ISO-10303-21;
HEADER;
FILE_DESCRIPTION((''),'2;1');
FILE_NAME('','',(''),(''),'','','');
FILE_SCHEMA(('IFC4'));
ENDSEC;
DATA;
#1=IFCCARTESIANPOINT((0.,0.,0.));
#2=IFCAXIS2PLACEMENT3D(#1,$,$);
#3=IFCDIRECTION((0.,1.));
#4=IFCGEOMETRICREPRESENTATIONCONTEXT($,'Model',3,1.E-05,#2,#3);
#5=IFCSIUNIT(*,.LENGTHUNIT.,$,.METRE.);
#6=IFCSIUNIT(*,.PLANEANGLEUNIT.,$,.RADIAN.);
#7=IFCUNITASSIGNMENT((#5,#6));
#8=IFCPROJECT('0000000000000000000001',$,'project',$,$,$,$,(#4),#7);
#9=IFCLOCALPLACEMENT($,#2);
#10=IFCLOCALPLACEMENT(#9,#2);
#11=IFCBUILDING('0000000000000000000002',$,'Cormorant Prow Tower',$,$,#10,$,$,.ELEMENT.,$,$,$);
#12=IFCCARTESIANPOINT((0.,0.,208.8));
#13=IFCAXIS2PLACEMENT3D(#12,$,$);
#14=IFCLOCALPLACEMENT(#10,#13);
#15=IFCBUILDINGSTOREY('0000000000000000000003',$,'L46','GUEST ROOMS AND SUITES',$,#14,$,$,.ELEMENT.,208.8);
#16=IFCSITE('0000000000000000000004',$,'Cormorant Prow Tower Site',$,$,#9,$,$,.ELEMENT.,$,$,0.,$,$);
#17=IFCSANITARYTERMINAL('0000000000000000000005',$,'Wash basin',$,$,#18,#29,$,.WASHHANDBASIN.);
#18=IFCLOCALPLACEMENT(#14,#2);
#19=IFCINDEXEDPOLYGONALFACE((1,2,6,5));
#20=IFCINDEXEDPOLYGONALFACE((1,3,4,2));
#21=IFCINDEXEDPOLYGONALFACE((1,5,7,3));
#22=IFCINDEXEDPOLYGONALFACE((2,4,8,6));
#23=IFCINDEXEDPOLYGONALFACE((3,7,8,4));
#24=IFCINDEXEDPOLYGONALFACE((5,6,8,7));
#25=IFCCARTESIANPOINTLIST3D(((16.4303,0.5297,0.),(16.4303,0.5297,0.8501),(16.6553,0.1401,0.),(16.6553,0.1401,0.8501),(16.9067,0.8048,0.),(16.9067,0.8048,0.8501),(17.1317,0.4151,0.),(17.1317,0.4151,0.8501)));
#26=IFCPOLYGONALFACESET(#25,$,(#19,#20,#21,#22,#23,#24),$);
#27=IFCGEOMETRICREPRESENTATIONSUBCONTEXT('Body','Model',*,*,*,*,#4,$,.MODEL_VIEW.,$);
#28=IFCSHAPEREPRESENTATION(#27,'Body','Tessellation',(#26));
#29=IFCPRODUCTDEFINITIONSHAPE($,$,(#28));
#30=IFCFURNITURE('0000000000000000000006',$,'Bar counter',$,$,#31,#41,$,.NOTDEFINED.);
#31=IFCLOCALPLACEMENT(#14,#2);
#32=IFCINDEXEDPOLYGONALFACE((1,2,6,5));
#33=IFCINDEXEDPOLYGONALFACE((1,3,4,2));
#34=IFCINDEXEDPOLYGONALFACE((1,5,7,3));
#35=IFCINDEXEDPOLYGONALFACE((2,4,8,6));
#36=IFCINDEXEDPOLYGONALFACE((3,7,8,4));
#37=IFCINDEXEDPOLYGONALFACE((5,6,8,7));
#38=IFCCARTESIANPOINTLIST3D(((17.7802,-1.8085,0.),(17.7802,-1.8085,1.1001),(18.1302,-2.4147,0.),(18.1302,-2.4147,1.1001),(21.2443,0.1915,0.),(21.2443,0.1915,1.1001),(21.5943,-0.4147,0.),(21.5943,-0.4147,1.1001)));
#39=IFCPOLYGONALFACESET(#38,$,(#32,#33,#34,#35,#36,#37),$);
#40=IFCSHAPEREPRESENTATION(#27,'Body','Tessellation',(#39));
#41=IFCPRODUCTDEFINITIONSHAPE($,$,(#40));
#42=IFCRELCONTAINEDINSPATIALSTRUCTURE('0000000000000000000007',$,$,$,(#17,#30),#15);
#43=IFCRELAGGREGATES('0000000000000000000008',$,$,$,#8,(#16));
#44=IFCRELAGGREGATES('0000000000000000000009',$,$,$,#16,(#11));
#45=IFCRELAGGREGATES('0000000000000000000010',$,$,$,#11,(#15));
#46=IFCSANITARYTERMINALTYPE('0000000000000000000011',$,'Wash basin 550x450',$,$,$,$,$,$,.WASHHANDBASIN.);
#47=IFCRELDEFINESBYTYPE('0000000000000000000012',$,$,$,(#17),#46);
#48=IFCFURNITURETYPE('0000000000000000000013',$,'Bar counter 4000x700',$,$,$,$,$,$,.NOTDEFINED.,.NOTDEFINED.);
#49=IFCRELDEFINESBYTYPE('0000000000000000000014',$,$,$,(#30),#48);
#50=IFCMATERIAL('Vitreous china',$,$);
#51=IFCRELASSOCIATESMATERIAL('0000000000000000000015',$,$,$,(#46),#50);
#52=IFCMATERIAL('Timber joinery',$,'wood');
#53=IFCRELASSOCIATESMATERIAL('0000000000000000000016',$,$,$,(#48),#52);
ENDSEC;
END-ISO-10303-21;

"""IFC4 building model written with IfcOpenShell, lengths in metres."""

from ifc_helpers import new_model, si_unit, direction, frame, origin, origin_2d, place, context, subcontext, project, spatial, rectangle, extrude, material, type_object, element, save


model = new_model("IFC4")

# Units and contexts
model_context = context("Model", 3, precision=1e-05, world=origin(), true_north=direction((0.0, 1.0)))
body_context = subcontext(model_context, "Body", "Model", "MODEL_VIEW")
ifc_project = project(units=[si_unit("LENGTHUNIT", "METRE"), si_unit("PLANEANGLEUNIT", "RADIAN")], contexts=[model_context])

# Site, building, storey
site_placement = place(None, origin())
site = spatial("IfcSite", under=ifc_project, at=site_placement, Name="Cormorant Prow Tower Site", CompositionType="ELEMENT", RefElevation=0.0)
building_placement = place(site_placement, origin())
building = spatial("IfcBuilding", under=site, at=building_placement, Name="Cormorant Prow Tower", CompositionType="ELEMENT")
storey_placement = place(building_placement, frame((0.0, 0.0, 208.8)))
storey = spatial("IfcBuildingStorey", under=building, at=storey_placement, Name="L46", Description="GUEST ROOMS AND SUITES", CompositionType="ELEMENT", Elevation=208.8)

# Sanitary terminal
ifc_material_1 = material(Name="Vitreous china")
sanitary_terminal_type_1 = type_object("IfcSanitaryTerminalType", Name="Wash basin 550x450", PredefinedType="WASHHANDBASIN", material=ifc_material_1)
sanitary_terminal_1_placement = place(storey_placement, frame((16.781, 0.4724, 0.0), z_axis=(0.0, 0.0, 1.0), x_axis=(0.866025, 0.5, 0.0)))
element("IfcSanitaryTerminal", 1, at=sanitary_terminal_1_placement, inside=storey, type_object=sanitary_terminal_type_1, Name="Wash basin", PredefinedType="WASHHANDBASIN", context=body_context, shape_type="SweptSolid", body=[
    extrude(rectangle(XDim=0.55, YDim=0.45, at=origin_2d()), origin(), (0.0, 0.0, 1.0), 0.8501),
])

# Furniture
ifc_material_2 = material(Name="Timber joinery", Category="wood")
furniture_type = type_object("IfcFurnitureType", Name="Bar counter 4000x700", AssemblyPlace="NOTDEFINED", PredefinedType="NOTDEFINED", material=ifc_material_2)
furniture_placement = place(storey_placement, frame((19.6873, -1.1116, 0.0), z_axis=(0.0, 0.0, 1.0), x_axis=(0.866025, 0.5, 0.0)))
element("IfcFurniture", 2, at=furniture_placement, inside=storey, type_object=furniture_type, Name="Bar counter", PredefinedType="NOTDEFINED", context=body_context, shape_type="SweptSolid", body=[
    extrude(rectangle(XDim=4.0, YDim=0.7, at=origin_2d()), origin(), (0.0, 0.0, 1.0), 1.1001),
])

save(model, "model.ifc")
